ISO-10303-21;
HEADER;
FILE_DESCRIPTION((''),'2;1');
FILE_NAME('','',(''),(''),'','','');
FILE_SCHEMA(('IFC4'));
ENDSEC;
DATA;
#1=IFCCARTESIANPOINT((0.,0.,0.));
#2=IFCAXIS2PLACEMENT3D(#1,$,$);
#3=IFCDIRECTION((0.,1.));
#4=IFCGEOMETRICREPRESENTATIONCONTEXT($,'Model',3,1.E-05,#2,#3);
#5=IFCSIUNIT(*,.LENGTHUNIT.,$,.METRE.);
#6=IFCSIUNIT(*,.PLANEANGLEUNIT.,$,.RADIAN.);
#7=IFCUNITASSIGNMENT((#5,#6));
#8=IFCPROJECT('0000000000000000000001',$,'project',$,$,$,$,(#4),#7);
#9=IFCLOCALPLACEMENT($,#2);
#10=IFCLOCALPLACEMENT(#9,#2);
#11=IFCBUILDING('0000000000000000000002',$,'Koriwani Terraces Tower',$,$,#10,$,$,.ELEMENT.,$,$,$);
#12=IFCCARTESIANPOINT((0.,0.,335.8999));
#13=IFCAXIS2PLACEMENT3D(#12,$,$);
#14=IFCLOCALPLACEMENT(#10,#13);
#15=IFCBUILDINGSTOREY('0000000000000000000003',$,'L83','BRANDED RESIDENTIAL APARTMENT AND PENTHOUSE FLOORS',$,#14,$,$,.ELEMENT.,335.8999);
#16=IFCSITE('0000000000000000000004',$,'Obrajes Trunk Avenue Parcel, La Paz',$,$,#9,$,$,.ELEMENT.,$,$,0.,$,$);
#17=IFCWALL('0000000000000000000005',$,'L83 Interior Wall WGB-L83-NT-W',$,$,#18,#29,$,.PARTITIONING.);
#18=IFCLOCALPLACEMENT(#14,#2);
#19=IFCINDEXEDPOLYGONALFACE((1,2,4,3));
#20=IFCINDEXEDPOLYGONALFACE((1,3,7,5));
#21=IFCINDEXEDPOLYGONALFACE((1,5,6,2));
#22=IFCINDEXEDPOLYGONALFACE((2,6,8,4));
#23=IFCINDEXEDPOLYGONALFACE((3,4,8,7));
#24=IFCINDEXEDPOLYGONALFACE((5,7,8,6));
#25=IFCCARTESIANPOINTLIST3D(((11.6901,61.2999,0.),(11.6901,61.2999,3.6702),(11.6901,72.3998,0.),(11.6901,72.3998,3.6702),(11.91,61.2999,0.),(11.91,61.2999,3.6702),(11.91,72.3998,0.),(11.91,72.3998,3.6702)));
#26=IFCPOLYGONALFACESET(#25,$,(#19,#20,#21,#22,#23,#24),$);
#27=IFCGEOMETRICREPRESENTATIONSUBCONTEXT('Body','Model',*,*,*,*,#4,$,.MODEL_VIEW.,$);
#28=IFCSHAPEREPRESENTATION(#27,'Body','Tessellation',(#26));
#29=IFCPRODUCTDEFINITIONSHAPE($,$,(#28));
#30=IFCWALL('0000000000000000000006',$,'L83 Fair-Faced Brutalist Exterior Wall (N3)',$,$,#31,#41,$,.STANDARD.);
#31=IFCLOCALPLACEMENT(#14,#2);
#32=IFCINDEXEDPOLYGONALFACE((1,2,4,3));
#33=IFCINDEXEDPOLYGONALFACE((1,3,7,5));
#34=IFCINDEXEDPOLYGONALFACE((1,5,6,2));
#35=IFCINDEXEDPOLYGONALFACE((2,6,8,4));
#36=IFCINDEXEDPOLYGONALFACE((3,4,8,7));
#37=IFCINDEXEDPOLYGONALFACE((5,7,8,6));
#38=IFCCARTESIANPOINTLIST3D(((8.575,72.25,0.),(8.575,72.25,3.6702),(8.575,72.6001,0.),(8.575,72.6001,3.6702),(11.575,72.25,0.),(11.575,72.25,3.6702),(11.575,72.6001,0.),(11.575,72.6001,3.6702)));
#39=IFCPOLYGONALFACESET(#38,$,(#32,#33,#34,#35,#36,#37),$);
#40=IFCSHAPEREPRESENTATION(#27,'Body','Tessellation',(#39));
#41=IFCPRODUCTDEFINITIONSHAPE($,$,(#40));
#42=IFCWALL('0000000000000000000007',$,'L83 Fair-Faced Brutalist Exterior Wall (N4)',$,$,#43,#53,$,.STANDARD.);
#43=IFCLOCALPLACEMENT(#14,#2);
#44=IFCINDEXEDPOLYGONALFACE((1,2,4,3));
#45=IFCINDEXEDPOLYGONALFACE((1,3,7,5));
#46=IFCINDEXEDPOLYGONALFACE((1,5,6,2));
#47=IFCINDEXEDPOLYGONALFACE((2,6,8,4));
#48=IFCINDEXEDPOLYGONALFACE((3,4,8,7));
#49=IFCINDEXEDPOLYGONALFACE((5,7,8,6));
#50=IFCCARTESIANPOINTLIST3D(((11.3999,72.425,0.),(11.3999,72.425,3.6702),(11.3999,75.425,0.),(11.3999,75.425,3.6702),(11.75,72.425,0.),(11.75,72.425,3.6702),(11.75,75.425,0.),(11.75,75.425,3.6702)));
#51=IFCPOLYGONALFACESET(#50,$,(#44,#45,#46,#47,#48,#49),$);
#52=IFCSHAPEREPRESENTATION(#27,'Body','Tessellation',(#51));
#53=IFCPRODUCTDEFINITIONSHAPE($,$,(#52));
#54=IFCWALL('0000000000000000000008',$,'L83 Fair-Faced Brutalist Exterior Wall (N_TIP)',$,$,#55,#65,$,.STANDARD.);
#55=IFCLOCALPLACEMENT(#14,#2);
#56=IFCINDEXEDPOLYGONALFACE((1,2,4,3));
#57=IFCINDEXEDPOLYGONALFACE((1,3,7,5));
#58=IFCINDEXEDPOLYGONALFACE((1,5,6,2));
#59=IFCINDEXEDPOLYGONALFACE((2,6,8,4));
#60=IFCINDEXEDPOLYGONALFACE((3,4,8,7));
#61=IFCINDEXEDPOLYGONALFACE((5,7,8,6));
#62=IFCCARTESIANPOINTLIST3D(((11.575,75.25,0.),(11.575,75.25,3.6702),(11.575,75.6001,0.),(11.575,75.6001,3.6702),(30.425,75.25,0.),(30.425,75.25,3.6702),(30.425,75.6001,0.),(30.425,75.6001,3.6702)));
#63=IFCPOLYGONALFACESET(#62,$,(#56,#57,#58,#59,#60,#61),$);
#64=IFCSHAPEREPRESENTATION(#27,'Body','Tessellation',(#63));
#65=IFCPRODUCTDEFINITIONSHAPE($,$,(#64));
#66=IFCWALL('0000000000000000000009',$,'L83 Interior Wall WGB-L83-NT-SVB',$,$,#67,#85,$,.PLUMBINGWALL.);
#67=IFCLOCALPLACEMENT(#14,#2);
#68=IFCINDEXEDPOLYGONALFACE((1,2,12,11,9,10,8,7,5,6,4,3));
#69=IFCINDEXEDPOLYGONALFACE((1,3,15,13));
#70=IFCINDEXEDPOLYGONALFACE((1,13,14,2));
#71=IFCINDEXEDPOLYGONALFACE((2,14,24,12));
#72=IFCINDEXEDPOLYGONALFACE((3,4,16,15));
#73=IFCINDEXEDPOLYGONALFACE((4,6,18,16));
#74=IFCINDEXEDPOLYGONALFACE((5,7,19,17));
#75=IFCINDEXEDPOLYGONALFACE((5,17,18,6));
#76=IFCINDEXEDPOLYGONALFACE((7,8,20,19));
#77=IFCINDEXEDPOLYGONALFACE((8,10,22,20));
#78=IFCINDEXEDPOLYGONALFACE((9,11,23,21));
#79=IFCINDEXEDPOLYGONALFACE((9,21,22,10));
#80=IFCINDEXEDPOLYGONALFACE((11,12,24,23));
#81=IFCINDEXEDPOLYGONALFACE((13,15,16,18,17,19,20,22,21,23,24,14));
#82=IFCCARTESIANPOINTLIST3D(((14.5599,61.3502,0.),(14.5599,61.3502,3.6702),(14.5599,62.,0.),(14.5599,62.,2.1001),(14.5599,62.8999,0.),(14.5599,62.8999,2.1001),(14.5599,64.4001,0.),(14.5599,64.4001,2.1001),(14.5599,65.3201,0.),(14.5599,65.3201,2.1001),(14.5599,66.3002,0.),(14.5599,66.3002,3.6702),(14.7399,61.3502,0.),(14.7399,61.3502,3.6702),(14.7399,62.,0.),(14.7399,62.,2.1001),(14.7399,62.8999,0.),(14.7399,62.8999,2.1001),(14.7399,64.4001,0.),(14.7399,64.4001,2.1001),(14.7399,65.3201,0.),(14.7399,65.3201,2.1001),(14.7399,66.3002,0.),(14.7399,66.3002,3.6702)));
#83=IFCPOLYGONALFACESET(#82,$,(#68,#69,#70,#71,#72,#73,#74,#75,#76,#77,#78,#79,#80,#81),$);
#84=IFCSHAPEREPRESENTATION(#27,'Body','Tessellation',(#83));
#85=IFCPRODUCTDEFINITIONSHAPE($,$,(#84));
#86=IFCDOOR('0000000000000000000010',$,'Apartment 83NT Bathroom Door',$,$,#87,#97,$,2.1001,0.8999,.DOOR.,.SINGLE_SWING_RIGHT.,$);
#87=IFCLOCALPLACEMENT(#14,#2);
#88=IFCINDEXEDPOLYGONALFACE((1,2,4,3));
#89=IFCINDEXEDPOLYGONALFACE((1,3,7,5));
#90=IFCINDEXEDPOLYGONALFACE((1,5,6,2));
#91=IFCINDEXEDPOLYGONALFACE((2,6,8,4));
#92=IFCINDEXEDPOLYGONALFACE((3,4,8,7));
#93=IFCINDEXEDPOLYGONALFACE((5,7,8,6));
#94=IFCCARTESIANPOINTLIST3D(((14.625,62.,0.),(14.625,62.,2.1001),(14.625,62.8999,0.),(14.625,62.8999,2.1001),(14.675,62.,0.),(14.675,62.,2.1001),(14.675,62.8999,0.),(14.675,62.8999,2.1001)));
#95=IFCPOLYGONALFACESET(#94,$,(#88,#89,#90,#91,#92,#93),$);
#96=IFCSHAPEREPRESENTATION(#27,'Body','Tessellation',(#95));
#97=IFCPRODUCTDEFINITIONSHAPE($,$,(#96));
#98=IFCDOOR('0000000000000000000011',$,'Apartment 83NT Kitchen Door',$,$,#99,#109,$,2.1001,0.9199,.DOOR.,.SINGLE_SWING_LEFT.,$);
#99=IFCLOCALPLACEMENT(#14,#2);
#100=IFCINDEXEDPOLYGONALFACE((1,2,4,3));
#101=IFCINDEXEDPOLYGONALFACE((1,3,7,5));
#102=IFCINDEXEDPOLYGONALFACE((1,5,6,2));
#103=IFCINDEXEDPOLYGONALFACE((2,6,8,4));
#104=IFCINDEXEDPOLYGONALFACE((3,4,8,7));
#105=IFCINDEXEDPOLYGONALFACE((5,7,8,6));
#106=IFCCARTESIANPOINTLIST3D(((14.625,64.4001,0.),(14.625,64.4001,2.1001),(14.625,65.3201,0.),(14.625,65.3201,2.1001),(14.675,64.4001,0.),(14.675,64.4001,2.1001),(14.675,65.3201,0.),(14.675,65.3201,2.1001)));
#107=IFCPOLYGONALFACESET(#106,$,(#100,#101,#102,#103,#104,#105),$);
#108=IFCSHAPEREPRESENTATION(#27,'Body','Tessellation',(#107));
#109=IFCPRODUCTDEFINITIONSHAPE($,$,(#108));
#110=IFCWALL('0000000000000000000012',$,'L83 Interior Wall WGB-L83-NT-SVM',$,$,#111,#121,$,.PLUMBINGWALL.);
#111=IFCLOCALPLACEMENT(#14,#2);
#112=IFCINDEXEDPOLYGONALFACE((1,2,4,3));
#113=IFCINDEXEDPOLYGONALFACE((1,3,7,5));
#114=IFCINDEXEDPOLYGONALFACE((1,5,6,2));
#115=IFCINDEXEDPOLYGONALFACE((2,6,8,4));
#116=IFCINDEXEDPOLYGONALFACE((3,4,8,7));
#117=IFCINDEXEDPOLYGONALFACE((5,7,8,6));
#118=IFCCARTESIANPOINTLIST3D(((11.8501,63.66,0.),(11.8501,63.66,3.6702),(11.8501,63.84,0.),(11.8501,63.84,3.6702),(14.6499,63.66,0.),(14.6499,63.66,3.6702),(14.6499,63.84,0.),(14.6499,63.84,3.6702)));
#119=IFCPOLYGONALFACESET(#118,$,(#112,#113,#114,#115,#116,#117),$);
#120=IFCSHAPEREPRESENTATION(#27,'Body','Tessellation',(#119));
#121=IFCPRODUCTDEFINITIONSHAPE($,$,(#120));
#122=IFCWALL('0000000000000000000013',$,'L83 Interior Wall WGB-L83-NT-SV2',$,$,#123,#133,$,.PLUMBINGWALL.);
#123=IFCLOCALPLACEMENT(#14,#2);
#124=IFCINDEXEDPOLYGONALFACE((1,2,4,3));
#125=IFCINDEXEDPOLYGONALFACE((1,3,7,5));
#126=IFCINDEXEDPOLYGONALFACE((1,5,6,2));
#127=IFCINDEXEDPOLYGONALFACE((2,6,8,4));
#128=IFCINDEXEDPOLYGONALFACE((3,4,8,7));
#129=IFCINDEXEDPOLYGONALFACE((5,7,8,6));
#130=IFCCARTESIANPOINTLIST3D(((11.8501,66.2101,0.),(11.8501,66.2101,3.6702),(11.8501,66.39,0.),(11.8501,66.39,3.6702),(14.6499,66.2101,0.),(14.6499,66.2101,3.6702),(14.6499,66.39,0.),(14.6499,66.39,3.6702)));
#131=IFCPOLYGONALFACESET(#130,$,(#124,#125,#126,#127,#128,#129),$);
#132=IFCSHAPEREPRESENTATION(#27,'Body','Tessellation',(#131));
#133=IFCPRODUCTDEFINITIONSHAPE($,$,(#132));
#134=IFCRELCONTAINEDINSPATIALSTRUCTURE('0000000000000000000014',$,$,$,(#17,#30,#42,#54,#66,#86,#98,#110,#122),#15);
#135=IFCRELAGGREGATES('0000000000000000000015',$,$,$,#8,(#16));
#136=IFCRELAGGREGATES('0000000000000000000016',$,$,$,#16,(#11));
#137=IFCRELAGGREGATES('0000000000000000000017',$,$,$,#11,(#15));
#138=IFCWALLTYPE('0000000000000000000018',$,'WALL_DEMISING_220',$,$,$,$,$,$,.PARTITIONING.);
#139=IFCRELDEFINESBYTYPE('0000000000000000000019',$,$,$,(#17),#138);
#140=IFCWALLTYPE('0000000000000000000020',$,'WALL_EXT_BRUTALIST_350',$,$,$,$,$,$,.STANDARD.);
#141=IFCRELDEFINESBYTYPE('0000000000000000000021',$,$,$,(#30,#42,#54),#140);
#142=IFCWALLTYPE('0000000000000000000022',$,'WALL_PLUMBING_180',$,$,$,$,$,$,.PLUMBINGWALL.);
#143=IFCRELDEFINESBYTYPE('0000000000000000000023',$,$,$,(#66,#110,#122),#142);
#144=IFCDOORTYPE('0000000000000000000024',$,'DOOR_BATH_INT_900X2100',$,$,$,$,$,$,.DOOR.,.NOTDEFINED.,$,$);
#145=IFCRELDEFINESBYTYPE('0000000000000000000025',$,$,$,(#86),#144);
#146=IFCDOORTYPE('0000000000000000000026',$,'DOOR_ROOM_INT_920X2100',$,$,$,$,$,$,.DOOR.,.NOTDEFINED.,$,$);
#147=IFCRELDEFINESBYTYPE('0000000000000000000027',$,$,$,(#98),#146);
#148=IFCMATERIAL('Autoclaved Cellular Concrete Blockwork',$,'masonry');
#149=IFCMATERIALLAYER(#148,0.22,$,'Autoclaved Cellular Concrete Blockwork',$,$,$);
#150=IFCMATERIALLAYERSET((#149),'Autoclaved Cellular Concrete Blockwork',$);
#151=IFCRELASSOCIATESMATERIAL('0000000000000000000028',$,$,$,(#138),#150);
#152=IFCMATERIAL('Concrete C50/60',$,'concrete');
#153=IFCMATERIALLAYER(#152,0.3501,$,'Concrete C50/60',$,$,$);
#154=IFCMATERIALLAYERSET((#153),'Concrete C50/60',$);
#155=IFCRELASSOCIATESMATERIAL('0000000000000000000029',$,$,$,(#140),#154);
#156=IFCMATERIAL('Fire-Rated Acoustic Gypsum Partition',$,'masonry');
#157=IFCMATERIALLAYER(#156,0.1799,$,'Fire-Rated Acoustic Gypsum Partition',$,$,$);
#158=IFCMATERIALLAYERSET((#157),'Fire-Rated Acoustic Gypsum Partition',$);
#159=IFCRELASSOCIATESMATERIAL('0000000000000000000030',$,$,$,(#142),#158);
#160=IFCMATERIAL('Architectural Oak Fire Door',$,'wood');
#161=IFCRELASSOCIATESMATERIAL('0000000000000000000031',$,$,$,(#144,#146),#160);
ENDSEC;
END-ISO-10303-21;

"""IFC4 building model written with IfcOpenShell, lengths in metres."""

from ifc_helpers import new_model, si_unit, direction, frame, frame_2d, origin, place, context, subcontext, project, spatial, rectangle, extrude, material, layer, layer_set, type_object, element, fill, save


model = new_model("IFC4")

# Units and contexts
model_context = context("Model", 3, precision=1e-05, world=origin(), true_north=direction((0.0, 1.0)))
body_context = subcontext(model_context, "Body", "Model", "MODEL_VIEW")
ifc_project = project(units=[si_unit("LENGTHUNIT", "METRE"), si_unit("PLANEANGLEUNIT", "RADIAN")], contexts=[model_context])

# Site, building, storey
site_placement = place(None, origin())
site = spatial("IfcSite", under=ifc_project, at=site_placement, Name="Obrajes Trunk Avenue Parcel, La Paz", CompositionType="ELEMENT", RefElevation=0.0)
building_placement = place(site_placement, origin())
building = spatial("IfcBuilding", under=site, at=building_placement, Name="Koriwani Terraces Tower", CompositionType="ELEMENT")
storey_placement = place(building_placement, frame((0.0, 0.0, 335.8999)))
storey = spatial("IfcBuildingStorey", under=building, at=storey_placement, Name="L83", Description="BRANDED RESIDENTIAL APARTMENT AND PENTHOUSE FLOORS", CompositionType="ELEMENT", Elevation=335.8999)

# Shared definitions
ifc_material_1 = material(Name="Concrete C50/60", Category="concrete")

# Shared definitions
ifc_material_2 = material(Name="Autoclaved Cellular Concrete Blockwork", Category="masonry")
ifc_material_3 = material(Name="Architectural Oak Fire Door", Category="wood")

# Walls
ifc_layer_1 = layer(ifc_material_2, 0.22, Name="Autoclaved Cellular Concrete Blockwork")
ifc_layer_set_1 = layer_set([ifc_layer_1], Name="Autoclaved Cellular Concrete Blockwork")
wall_type_1 = type_object("IfcWallType", Name="WALL_DEMISING_220", PredefinedType="PARTITIONING", material=ifc_layer_set_1)
wall_1_placement = place(storey_placement, frame((11.8, 61.3, 0.0), z_axis=(0.0, 0.0, 1.0), x_axis=(0.0, 1.0, 0.0)))
element("IfcWall", 1, at=wall_1_placement, inside=storey, type_object=wall_type_1, Name="L83 Interior Wall WGB-L83-NT-W", PredefinedType="PARTITIONING", context=body_context, shape_type="SweptSolid", body=[
    extrude(rectangle(XDim=11.0999, YDim=0.22, at=frame_2d((5.5498, 0.0))), origin(), (0.0, 0.0, 1.0), 3.6702),
])
ifc_layer_2 = layer(ifc_material_1, 0.3501, Name="Concrete C50/60")
ifc_layer_set_2 = layer_set([ifc_layer_2], Name="Concrete C50/60")
wall_type_2 = type_object("IfcWallType", Name="WALL_EXT_BRUTALIST_350", PredefinedType="STANDARD", material=ifc_layer_set_2)
for number, where, z_axis, x_axis, name in (
    (2, (8.575, 72.425, 0.0), (0.0, 0.0, 1.0), (1.0, 0.0, 0.0), "L83 Fair-Faced Brutalist Exterior Wall (N3)"),
    (3, (11.575, 72.425, 0.0), (0.0, 0.0, 1.0), (0.0, 1.0, 0.0), "L83 Fair-Faced Brutalist Exterior Wall (N4)"),
):
    element("IfcWall", number, at=place(storey_placement, frame(where, z_axis=z_axis, x_axis=x_axis)), inside=storey, type_object=wall_type_2, Name=name, PredefinedType="STANDARD", context=body_context, shape_type="SweptSolid", body=[
        extrude(rectangle(XDim=3.0, YDim=0.3501, at=frame_2d((1.5, 0.0))), origin(), (0.0, 0.0, 1.0), 3.6702),
    ])
wall_2_placement = place(storey_placement, frame((11.575, 75.425, 0.0), z_axis=(0.0, 0.0, 1.0), x_axis=(1.0, 0.0, 0.0)))
element("IfcWall", 4, at=wall_2_placement, inside=storey, type_object=wall_type_2, Name="L83 Fair-Faced Brutalist Exterior Wall (N_TIP)", PredefinedType="STANDARD", context=body_context, shape_type="SweptSolid", body=[
    extrude(rectangle(XDim=18.8501, YDim=0.3501, at=frame_2d((9.425, 0.0))), origin(), (0.0, 0.0, 1.0), 3.6702),
])

# Wall, openings, doors
ifc_material_4 = material(Name="Fire-Rated Acoustic Gypsum Partition", Category="masonry")
ifc_layer_3 = layer(ifc_material_4, 0.1799, Name="Fire-Rated Acoustic Gypsum Partition")
ifc_layer_set_3 = layer_set([ifc_layer_3], Name="Fire-Rated Acoustic Gypsum Partition")
wall_type_3 = type_object("IfcWallType", Name="WALL_PLUMBING_180", PredefinedType="PLUMBINGWALL", material=ifc_layer_set_3)
wall_3_placement = place(storey_placement, frame((14.6499, 61.3501, 0.0), z_axis=(0.0, 0.0, 1.0), x_axis=(0.0, 1.0, 0.0)))
wall_3 = element("IfcWall", 5, at=wall_3_placement, inside=storey, type_object=wall_type_3, Name="L83 Interior Wall WGB-L83-NT-SVB", PredefinedType="PLUMBINGWALL", context=body_context, shape_type="SweptSolid", body=[
    extrude(rectangle(XDim=4.95, YDim=0.1799, at=frame_2d((2.4751, 0.0))), origin(), (0.0, 0.0, 1.0), 3.6702),
])
opening_1_placement = place(wall_3_placement, frame((0.6499, 0.0, 0.0)))
opening_1 = element("IfcOpeningElement", 6, at=opening_1_placement, cuts=wall_3, PredefinedType="OPENING", context=body_context, shape_type="SweptSolid", body=[
    extrude(rectangle(XDim=0.8999, YDim=2.1001, at=frame_2d((0.45, 1.05))), frame((0.0, 0.1001, 0.0), z_axis=(0.0, -1.0, 0.0), x_axis=(1.0, 0.0, 0.0)), (0.0, 0.0, 1.0), 0.2),
])
opening_2_placement = place(wall_3_placement, frame((3.05, 0.0, 0.0)))
opening_2 = element("IfcOpeningElement", 7, at=opening_2_placement, cuts=wall_3, PredefinedType="OPENING", context=body_context, shape_type="SweptSolid", body=[
    extrude(rectangle(XDim=0.9199, YDim=2.1001, at=frame_2d((0.46, 1.05))), frame((0.0, 0.1001, 0.0), z_axis=(0.0, -1.0, 0.0), x_axis=(1.0, 0.0, 0.0)), (0.0, 0.0, 1.0), 0.2),
])
door_type_1 = type_object("IfcDoorType", Name="DOOR_BATH_INT_900X2100", OperationType="NOTDEFINED", PredefinedType="DOOR", material=ifc_material_3)
door_1_placement = place(opening_1_placement, origin())
door_1 = element("IfcDoor", 8, at=door_1_placement, inside=storey, type_object=door_type_1, Name="Apartment 83NT Bathroom Door", OperationType="SINGLE_SWING_RIGHT", OverallHeight=2.1001, OverallWidth=0.8999, PredefinedType="DOOR", context=body_context, shape_type="SweptSolid", body=[
    extrude(rectangle(XDim=0.8999, YDim=2.1001, at=frame_2d((0.45, 1.05))), frame((0.0, 0.0249, 0.0), z_axis=(0.0, -1.0, 0.0), x_axis=(1.0, 0.0, 0.0)), (0.0, 0.0, 1.0), 0.05),
])
fill(opening_1, door_1)
door_type_2 = type_object("IfcDoorType", Name="DOOR_ROOM_INT_920X2100", OperationType="NOTDEFINED", PredefinedType="DOOR", material=ifc_material_3)
door_2_placement = place(opening_2_placement, origin())
door_2 = element("IfcDoor", 9, at=door_2_placement, inside=storey, type_object=door_type_2, Name="Apartment 83NT Kitchen Door", OperationType="SINGLE_SWING_LEFT", OverallHeight=2.1001, OverallWidth=0.9199, PredefinedType="DOOR", context=body_context, shape_type="SweptSolid", body=[
    extrude(rectangle(XDim=0.9199, YDim=2.1001, at=frame_2d((0.46, 1.05))), frame((0.0, 0.0249, 0.0), z_axis=(0.0, -1.0, 0.0), x_axis=(1.0, 0.0, 0.0)), (0.0, 0.0, 1.0), 0.05),
])
fill(opening_2, door_2)

# Walls
for number, where, z_axis, x_axis, name in (
    (10, (11.8501, 63.75, 0.0), (0.0, 0.0, 1.0), (1.0, 0.0, 0.0), "L83 Interior Wall WGB-L83-NT-SVM"),
    (11, (11.8501, 66.3, 0.0), (0.0, 0.0, 1.0), (1.0, 0.0, 0.0), "L83 Interior Wall WGB-L83-NT-SV2"),
):
    element("IfcWall", number, at=place(storey_placement, frame(where, z_axis=z_axis, x_axis=x_axis)), inside=storey, type_object=wall_type_3, Name=name, PredefinedType="PLUMBINGWALL", context=body_context, shape_type="SweptSolid", body=[
        extrude(rectangle(XDim=2.7998, YDim=0.1799, at=frame_2d((1.3999, 0.0))), origin(), (0.0, 0.0, 1.0), 3.6702),
    ])

save(model, "model.ifc")
